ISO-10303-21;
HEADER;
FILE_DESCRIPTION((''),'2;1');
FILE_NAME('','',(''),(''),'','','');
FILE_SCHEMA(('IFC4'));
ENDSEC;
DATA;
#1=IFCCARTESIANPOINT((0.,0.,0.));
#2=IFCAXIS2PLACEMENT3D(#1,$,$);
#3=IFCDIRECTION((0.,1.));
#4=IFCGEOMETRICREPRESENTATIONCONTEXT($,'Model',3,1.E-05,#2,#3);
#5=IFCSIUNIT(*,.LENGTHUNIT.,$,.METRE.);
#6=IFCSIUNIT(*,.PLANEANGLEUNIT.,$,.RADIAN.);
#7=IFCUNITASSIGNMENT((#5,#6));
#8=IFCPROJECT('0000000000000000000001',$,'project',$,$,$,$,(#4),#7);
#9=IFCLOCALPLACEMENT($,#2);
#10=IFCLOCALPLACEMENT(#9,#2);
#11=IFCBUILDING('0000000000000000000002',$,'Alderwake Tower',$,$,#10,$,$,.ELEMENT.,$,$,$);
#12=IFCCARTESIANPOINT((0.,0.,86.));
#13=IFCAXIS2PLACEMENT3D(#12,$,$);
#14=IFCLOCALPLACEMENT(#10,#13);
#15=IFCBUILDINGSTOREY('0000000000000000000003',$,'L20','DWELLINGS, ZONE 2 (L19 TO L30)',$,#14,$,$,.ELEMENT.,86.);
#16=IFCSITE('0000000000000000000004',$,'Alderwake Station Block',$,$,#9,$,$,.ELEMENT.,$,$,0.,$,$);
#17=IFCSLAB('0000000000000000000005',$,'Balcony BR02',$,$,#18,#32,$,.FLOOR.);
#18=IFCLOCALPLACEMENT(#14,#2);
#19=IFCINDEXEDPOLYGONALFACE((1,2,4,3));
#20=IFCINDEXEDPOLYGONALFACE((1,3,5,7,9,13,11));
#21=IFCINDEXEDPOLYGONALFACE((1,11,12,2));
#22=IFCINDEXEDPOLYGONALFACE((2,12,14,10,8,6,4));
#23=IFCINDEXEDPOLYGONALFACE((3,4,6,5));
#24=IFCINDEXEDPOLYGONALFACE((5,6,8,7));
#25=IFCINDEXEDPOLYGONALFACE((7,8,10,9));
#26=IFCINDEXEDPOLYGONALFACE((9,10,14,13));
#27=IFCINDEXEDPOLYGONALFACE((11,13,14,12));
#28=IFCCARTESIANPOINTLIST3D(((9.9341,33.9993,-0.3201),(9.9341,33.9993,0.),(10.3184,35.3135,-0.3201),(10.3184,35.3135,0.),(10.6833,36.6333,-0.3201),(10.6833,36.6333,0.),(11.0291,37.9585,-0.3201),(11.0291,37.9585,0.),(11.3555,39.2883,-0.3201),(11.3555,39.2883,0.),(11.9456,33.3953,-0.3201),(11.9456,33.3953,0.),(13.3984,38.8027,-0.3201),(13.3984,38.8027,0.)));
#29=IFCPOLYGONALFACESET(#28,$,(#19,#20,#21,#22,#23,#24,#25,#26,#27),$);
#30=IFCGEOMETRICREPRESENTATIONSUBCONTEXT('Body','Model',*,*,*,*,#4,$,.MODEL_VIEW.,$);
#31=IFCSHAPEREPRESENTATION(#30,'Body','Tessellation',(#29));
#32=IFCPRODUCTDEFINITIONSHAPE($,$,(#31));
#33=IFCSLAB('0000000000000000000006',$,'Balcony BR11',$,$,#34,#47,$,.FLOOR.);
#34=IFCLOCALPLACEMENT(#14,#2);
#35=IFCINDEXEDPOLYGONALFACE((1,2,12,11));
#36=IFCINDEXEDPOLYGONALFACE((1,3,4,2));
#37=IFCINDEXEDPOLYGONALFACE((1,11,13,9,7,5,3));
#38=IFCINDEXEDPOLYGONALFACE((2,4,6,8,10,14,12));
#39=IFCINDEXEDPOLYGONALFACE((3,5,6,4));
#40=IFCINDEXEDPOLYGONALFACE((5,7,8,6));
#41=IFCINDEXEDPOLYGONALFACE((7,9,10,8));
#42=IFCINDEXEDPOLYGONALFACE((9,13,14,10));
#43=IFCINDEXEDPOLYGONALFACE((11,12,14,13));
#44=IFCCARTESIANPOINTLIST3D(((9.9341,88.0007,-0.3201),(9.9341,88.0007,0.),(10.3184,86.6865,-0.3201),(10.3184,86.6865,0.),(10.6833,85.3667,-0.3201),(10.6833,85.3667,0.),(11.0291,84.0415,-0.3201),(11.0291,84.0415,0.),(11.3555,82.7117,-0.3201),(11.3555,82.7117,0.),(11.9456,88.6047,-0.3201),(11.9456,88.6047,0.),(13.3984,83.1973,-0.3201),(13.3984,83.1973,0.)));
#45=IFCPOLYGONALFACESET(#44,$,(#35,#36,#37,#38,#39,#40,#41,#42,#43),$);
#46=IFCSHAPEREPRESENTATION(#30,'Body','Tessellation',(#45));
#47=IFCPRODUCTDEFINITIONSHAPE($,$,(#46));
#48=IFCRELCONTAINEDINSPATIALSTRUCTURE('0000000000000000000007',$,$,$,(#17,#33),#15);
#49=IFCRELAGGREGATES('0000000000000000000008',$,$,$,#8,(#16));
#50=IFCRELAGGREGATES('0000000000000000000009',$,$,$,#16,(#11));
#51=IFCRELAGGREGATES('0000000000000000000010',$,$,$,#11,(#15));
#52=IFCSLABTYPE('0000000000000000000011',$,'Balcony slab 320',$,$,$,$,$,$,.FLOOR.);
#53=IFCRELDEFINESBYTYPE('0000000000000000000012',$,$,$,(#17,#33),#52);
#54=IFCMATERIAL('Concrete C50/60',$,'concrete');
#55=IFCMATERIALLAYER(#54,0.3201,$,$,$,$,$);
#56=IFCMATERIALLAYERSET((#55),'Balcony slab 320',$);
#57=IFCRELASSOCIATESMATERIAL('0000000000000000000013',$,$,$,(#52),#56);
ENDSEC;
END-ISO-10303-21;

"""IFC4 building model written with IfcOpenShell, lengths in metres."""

from ifc_helpers import new_model, si_unit, direction, frame, origin, place, context, subcontext, project, spatial, polyline, outline, extrude, material, layer, layer_set, type_object, element, save


model = new_model("IFC4")

# Units and contexts
model_context = context("Model", 3, precision=1e-05, world=origin(), true_north=direction((0.0, 1.0)))
body_context = subcontext(model_context, "Body", "Model", "MODEL_VIEW")
ifc_project = project(units=[si_unit("LENGTHUNIT", "METRE"), si_unit("PLANEANGLEUNIT", "RADIAN")], contexts=[model_context])

# Site, building, storey
site_placement = place(None, origin())
site = spatial("IfcSite", under=ifc_project, at=site_placement, Name="Alderwake Station Block", CompositionType="ELEMENT", RefElevation=0.0)
building_placement = place(site_placement, origin())
building = spatial("IfcBuilding", under=site, at=building_placement, Name="Alderwake Tower", CompositionType="ELEMENT")
storey_placement = place(building_placement, frame((0.0, 0.0, 86.0)))
storey = spatial("IfcBuildingStorey", under=building, at=storey_placement, Name="L20", Description="DWELLINGS, ZONE 2 (L19 TO L30)", CompositionType="ELEMENT", Elevation=86.0)

# Slabs
ifc_material_1 = material(Name="Concrete C50/60", Category="concrete")
ifc_layer_1 = layer(ifc_material_1, 0.3201)
ifc_layer_set_1 = layer_set([ifc_layer_1], Name="Balcony slab 320")
slab_type_1 = type_object("IfcSlabType", Name="Balcony slab 320", PredefinedType="FLOOR", material=ifc_layer_set_1)
slab_1_placement = place(storey_placement, frame((0.0, 0.0, -0.3201)))
element("IfcSlab", 1, at=slab_1_placement, inside=storey, type_object=slab_type_1, Name="Balcony BR02", PredefinedType="FLOOR", context=body_context, shape_type="SweptSolid", body=[
    extrude(outline(polyline([(9.9341, 33.9993), (11.9456, 33.3953), (13.3984, 38.8027), (11.3555, 39.2883), (11.0291, 37.9585), (10.6833, 36.6333), (10.3184, 35.3135), (9.9341, 33.9993)])), origin(), (0.0, 0.0, 1.0), 0.3201),
])
slab_2_placement = place(storey_placement, frame((0.0, 0.0, -0.3201)))
element("IfcSlab", 2, at=slab_2_placement, inside=storey, type_object=slab_type_1, Name="Balcony BR11", PredefinedType="FLOOR", context=body_context, shape_type="SweptSolid", body=[
    extrude(outline(polyline([(11.3555, 82.7117), (13.3984, 83.1973), (11.9456, 88.6047), (9.9341, 88.0007), (10.3184, 86.6865), (10.6833, 85.3667), (11.0291, 84.0415), (11.3555, 82.7117)])), origin(), (0.0, 0.0, 1.0), 0.3201),
])

save(model, "model.ifc")
